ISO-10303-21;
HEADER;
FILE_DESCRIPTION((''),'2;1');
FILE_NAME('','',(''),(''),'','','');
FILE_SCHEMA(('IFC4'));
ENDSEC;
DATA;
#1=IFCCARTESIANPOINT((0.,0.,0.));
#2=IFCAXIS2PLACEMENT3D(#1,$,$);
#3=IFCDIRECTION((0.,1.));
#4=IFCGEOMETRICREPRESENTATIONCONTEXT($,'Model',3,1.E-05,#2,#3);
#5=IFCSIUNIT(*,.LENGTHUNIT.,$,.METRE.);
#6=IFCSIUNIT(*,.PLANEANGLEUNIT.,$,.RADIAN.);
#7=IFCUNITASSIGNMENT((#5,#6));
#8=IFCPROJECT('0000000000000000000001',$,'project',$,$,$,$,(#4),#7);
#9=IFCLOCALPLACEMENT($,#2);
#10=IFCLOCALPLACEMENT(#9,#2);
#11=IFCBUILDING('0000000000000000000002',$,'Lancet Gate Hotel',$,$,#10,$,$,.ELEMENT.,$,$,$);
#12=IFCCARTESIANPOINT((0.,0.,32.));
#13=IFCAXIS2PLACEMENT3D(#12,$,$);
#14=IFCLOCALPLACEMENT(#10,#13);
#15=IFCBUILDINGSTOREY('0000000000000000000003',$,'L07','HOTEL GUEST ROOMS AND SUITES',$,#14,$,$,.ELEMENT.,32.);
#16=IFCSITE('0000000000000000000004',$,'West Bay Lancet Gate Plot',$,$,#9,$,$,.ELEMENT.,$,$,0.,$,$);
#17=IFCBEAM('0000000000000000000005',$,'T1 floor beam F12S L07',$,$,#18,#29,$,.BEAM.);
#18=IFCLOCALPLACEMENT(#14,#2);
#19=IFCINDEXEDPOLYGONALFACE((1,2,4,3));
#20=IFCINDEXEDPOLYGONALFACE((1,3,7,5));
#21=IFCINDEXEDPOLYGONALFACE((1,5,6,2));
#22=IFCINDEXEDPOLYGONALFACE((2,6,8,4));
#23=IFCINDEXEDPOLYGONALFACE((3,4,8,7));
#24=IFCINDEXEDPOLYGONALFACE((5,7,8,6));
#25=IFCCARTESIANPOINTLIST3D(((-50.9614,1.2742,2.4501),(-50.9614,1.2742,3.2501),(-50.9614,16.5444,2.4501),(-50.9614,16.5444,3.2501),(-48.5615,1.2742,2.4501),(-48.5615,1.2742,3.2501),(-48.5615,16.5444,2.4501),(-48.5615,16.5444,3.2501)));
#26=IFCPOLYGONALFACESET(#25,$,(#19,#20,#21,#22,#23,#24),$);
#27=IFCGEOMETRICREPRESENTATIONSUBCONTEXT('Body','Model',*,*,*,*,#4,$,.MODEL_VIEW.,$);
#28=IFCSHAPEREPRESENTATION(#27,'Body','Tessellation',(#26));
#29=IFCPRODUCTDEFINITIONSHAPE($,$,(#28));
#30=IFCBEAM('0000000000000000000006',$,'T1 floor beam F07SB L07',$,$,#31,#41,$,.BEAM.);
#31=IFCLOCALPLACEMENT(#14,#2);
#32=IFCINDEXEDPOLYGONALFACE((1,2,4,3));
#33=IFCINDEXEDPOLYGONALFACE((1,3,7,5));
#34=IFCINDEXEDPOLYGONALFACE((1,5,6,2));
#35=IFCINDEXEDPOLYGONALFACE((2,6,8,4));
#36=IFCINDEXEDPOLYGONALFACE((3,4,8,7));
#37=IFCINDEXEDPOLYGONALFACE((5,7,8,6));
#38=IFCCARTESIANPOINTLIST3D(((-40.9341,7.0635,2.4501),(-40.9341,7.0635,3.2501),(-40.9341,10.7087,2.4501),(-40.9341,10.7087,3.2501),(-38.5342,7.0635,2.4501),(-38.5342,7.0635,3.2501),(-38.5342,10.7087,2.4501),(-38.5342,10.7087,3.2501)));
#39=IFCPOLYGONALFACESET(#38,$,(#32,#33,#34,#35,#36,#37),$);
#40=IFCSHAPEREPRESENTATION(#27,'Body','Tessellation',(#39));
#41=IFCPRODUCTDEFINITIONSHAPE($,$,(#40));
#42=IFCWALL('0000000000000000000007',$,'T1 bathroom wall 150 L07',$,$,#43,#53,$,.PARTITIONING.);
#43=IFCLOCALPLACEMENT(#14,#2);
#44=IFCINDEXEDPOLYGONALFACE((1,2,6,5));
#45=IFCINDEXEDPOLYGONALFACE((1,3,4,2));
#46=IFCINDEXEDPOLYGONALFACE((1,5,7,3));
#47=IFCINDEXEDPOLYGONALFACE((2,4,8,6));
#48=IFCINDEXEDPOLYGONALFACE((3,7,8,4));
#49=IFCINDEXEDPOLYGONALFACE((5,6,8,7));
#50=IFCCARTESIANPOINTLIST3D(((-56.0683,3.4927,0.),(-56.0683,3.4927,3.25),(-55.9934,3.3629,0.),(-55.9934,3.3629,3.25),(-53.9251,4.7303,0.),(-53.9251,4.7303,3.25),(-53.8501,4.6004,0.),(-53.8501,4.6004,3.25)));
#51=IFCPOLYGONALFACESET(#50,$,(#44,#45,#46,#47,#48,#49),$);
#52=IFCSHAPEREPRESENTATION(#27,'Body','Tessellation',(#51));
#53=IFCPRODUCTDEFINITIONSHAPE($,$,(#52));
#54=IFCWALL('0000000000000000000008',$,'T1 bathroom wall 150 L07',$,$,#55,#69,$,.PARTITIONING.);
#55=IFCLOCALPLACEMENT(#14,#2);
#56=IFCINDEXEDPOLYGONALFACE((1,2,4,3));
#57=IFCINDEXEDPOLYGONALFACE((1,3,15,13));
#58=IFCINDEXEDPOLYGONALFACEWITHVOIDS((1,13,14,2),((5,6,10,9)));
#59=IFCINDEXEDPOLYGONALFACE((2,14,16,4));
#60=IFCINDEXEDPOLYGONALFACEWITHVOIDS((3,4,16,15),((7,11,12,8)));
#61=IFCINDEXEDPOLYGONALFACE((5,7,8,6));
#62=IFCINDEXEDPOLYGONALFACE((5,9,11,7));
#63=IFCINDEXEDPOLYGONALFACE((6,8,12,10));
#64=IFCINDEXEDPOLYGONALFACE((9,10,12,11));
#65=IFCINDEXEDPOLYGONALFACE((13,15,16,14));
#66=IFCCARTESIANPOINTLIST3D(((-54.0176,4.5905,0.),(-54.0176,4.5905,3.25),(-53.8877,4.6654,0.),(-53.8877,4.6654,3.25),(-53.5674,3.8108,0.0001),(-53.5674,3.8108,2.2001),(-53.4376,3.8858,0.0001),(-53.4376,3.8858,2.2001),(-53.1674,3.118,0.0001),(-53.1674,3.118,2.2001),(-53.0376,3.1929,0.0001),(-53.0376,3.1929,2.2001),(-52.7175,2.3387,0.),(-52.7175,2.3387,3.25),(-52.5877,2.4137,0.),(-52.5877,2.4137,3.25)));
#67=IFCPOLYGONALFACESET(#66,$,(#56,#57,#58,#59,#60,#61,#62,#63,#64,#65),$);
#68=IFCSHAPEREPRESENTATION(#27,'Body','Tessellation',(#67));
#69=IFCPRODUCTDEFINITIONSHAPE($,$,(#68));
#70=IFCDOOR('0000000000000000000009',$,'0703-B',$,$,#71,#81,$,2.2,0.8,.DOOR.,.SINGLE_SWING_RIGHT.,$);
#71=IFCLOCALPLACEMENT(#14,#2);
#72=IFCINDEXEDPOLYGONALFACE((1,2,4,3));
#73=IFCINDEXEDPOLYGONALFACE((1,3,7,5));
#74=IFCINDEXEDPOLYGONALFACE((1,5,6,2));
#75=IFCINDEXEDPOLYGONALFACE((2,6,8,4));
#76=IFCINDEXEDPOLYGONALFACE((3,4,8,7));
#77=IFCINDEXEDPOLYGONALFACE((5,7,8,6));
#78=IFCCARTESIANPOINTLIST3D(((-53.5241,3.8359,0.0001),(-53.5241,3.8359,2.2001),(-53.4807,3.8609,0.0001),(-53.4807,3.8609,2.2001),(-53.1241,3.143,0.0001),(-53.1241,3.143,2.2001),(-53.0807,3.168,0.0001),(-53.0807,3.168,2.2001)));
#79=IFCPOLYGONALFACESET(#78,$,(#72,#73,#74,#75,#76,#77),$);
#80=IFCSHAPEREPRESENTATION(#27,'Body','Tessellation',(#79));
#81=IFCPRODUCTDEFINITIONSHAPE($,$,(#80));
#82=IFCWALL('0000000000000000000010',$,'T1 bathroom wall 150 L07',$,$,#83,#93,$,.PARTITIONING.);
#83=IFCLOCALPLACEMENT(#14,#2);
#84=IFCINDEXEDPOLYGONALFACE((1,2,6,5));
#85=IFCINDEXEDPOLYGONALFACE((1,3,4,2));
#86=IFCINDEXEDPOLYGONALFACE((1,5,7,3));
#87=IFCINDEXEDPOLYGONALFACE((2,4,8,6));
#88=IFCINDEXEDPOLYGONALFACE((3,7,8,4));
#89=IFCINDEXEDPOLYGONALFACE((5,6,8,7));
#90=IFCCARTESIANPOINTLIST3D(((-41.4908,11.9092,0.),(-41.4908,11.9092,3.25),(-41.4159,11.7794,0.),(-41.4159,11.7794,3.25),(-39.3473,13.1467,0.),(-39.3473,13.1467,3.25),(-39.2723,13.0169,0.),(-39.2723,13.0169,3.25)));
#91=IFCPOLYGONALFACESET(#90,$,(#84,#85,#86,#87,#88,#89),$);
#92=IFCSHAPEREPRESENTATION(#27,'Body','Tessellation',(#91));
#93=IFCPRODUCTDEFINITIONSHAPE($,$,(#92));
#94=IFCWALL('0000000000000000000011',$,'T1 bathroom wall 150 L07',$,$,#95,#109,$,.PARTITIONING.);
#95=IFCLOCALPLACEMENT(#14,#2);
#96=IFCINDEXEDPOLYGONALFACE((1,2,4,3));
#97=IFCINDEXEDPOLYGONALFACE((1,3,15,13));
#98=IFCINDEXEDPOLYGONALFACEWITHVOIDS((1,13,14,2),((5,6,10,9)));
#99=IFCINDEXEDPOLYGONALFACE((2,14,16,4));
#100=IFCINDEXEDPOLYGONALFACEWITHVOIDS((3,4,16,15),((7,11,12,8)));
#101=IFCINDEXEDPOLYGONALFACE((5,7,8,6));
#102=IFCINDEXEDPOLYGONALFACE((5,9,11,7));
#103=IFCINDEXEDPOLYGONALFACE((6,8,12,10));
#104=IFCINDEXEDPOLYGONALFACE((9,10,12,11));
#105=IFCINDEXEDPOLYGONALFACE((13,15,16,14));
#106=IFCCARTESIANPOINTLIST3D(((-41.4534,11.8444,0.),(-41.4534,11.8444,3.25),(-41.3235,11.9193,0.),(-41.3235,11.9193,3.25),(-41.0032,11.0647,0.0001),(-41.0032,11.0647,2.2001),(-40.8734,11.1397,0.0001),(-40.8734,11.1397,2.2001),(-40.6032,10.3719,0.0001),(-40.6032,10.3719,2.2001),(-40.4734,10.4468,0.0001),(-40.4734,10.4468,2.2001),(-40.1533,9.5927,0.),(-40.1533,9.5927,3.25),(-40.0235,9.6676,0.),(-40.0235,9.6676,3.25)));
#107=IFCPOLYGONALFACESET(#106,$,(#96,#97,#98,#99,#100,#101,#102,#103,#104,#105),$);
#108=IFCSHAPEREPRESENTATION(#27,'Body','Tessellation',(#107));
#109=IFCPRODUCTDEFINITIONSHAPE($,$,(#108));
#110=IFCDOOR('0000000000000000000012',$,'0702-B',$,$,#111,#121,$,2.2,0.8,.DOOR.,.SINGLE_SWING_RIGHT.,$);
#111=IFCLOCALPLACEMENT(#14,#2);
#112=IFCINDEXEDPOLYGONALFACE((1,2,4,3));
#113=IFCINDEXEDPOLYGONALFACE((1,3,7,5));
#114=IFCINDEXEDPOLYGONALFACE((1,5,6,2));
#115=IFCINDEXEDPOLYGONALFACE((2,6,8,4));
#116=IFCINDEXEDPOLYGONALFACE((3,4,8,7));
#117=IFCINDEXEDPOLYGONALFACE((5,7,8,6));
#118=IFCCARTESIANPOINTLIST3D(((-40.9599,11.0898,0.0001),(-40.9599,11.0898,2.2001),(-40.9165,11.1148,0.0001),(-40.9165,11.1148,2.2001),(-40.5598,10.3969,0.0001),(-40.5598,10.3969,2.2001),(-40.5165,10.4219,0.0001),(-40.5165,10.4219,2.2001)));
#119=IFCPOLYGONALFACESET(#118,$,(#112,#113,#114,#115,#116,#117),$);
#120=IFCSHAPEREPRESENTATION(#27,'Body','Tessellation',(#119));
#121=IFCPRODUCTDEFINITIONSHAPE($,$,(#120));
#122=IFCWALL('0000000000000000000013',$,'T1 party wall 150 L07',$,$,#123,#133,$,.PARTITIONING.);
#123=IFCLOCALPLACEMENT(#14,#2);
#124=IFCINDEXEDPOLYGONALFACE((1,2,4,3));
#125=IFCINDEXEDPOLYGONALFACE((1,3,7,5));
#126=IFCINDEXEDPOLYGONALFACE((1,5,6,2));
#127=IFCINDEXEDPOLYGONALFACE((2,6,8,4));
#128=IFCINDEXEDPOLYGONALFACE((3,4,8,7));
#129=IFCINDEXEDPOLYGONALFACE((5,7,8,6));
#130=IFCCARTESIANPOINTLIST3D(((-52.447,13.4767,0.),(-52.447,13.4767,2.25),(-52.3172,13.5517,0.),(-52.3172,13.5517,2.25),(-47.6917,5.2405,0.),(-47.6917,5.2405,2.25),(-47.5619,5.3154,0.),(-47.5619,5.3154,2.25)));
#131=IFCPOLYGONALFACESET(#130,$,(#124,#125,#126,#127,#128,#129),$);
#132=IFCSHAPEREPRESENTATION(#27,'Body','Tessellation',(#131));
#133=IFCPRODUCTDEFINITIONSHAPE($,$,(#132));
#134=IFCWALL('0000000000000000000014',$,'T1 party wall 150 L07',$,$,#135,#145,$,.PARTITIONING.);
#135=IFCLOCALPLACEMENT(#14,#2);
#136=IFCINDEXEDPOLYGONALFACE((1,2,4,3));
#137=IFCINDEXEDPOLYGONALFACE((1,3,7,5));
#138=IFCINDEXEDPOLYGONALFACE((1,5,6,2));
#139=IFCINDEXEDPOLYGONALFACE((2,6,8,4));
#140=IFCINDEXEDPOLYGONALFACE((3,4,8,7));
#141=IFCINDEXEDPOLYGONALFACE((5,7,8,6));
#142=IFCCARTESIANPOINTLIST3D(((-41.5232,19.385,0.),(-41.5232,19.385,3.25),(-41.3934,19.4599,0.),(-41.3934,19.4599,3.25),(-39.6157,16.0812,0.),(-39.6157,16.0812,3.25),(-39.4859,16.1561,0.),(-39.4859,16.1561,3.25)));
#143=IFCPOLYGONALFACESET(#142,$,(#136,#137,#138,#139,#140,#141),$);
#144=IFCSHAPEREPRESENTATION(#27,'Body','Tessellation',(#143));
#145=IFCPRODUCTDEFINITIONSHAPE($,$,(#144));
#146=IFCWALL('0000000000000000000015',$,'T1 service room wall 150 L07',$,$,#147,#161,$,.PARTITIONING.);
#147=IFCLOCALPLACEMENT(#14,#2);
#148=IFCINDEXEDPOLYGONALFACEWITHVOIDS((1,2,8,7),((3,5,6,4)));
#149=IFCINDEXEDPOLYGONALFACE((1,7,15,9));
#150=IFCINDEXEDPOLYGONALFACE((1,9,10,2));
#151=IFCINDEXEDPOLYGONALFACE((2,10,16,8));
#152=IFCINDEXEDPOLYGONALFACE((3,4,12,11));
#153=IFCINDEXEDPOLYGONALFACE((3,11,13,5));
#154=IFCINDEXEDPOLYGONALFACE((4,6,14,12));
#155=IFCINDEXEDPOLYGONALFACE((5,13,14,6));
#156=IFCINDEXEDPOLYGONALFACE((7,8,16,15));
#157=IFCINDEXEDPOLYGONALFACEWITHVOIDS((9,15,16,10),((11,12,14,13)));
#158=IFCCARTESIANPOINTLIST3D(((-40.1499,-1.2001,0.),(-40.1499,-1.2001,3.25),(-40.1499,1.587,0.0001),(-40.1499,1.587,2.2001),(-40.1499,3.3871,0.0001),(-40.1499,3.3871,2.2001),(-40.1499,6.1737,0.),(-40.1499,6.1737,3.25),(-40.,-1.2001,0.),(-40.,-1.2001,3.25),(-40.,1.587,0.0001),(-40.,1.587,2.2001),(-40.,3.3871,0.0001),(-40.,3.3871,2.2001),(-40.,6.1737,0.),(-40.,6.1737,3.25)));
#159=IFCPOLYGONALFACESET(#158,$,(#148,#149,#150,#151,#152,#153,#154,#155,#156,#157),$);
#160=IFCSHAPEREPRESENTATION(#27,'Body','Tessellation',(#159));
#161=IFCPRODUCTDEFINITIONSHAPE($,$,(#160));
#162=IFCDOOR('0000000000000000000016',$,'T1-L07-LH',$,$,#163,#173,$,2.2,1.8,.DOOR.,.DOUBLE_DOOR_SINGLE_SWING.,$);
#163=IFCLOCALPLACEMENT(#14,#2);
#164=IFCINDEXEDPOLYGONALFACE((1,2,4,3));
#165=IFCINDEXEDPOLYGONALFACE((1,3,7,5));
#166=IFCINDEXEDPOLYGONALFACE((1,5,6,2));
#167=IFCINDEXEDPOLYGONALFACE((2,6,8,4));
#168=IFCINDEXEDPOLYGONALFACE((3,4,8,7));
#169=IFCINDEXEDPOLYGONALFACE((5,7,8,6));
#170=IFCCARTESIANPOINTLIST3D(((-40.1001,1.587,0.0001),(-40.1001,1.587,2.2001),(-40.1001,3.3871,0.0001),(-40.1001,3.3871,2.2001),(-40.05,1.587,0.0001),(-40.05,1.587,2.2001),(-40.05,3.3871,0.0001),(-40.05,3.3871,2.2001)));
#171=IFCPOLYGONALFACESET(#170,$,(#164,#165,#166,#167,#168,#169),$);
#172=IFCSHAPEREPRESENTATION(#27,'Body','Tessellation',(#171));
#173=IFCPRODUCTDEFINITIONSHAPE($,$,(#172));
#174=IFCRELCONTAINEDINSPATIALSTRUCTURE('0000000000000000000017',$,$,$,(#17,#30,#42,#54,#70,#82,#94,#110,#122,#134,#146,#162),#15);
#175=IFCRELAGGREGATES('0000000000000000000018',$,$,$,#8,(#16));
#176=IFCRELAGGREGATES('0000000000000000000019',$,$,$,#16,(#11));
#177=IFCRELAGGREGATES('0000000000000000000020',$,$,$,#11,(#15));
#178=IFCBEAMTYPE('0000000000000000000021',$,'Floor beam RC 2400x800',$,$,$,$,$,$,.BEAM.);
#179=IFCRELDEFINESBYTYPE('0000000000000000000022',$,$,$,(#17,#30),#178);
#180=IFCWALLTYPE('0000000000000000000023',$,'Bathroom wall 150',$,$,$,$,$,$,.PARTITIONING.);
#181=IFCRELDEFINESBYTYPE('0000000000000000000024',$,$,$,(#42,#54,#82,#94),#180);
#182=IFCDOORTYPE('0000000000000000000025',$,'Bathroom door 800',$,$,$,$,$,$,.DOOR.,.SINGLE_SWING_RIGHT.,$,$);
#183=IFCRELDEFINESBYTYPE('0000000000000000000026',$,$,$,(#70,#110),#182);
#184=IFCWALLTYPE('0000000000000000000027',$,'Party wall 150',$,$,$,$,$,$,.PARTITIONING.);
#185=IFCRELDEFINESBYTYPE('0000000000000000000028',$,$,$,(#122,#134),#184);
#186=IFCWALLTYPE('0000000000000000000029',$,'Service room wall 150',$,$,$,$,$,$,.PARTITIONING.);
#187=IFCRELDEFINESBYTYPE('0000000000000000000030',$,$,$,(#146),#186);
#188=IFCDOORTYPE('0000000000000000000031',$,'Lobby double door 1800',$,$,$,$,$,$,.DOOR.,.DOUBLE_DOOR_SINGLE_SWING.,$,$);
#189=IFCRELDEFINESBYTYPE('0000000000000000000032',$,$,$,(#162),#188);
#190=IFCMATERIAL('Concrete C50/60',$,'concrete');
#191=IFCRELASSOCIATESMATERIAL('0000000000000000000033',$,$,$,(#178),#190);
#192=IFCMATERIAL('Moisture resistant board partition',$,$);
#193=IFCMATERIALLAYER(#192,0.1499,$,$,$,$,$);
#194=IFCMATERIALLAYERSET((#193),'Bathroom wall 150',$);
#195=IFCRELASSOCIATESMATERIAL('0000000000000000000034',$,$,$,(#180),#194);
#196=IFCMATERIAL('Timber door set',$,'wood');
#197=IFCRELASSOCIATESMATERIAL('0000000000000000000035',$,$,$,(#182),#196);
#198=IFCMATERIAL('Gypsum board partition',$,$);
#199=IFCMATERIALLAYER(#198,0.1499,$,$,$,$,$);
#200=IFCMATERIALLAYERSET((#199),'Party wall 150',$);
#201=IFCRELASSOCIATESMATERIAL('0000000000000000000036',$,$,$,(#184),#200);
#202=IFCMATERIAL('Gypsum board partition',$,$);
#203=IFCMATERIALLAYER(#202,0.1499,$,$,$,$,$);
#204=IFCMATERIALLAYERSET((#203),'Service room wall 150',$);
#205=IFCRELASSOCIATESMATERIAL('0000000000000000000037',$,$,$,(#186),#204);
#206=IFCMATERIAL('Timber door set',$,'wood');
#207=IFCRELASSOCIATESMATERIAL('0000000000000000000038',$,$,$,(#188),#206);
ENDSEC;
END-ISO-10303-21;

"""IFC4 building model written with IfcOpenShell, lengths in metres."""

from ifc_helpers import new_model, si_unit, direction, frame, frame_2d, origin, origin_2d, place, context, subcontext, project, spatial, rectangle, extrude, material, layer, layer_set, material_profile, profile_set, type_object, element, fill, save


model = new_model("IFC4")

# Units and contexts
model_context = context("Model", 3, precision=1e-05, world=origin(), true_north=direction((0.0, 1.0)))
body_context = subcontext(model_context, "Body", "Model", "MODEL_VIEW")
ifc_project = project(units=[si_unit("LENGTHUNIT", "METRE"), si_unit("PLANEANGLEUNIT", "RADIAN")], contexts=[model_context])

# Site, building, storey
site_placement = place(None, origin())
site = spatial("IfcSite", under=ifc_project, at=site_placement, Name="West Bay Lancet Gate Plot", CompositionType="ELEMENT", RefElevation=0.0)
building_placement = place(site_placement, origin())
building = spatial("IfcBuilding", under=site, at=building_placement, Name="Lancet Gate Hotel", CompositionType="ELEMENT")
storey_placement = place(building_placement, frame((0.0, 0.0, 32.0)))
storey = spatial("IfcBuildingStorey", under=building, at=storey_placement, Name="L07", Description="HOTEL GUEST ROOMS AND SUITES", CompositionType="ELEMENT", Elevation=32.0)

# Beams
ifc_material_1 = material(Name="Concrete C50/60", Category="concrete")
ifc_material_profile_1 = material_profile(ifc_material_1, rectangle(XDim=2.3999, YDim=0.8, at=origin_2d()), Name="RC 2400x800")
ifc_profile_set_1 = profile_set([ifc_material_profile_1], Name="Concrete C50/60")
beam_type_1 = type_object("IfcBeamType", Name="Floor beam RC 2400x800", PredefinedType="BEAM", material=ifc_profile_set_1)
beam_1_placement = place(storey_placement, frame((-49.7615, 16.5444, 2.8501), z_axis=(0.0, -1.0, 0.0), x_axis=(1.0, 0.0, 0.0)))
element("IfcBeam", 1, at=beam_1_placement, inside=storey, type_object=beam_type_1, Name="T1 floor beam F12S L07", PredefinedType="BEAM", context=body_context, shape_type="SweptSolid", body=[
    extrude(rectangle(XDim=2.3999, YDim=0.8, at=origin_2d()), origin(), (0.0, 0.0, 1.0), 15.2703),
])
beam_2_placement = place(storey_placement, frame((-39.7341, 10.7087, 2.8501), z_axis=(0.0, -1.0, 0.0), x_axis=(1.0, 0.0, 0.0)))
element("IfcBeam", 2, at=beam_2_placement, inside=storey, type_object=beam_type_1, Name="T1 floor beam F07SB L07", PredefinedType="BEAM", context=body_context, shape_type="SweptSolid", body=[
    extrude(rectangle(XDim=2.3999, YDim=0.8, at=origin_2d()), origin(), (0.0, 0.0, 1.0), 3.6453),
])

# Wall
ifc_material_2 = material(Name="Moisture resistant board partition")
ifc_layer_1 = layer(ifc_material_2, 0.1499)
ifc_layer_set_1 = layer_set([ifc_layer_1], Name="Bathroom wall 150")
wall_type_1 = type_object("IfcWallType", Name="Bathroom wall 150", PredefinedType="PARTITIONING", material=ifc_layer_set_1)
wall_1_placement = place(storey_placement, frame((-53.8877, 4.6653, 0.0), z_axis=(0.0, 0.0, 1.0), x_axis=(-0.866007, -0.500033, 0.0)))
element("IfcWall", 3, at=wall_1_placement, inside=storey, type_object=wall_type_1, Name="T1 bathroom wall 150 L07", PredefinedType="PARTITIONING", context=body_context, shape_type="SweptSolid", body=[
    extrude(rectangle(XDim=2.4749, YDim=0.1499, at=frame_2d((1.2373, 0.0))), origin(), (0.0, 0.0, 1.0), 3.25),
])

# Wall, opening, door
wall_2_placement = place(storey_placement, frame((-52.6526, 2.3762, 0.0), z_axis=(0.0, 0.0, 1.0), x_axis=(-0.500007, 0.866021, 0.0)))
wall_2 = element("IfcWall", 4, at=wall_2_placement, inside=storey, type_object=wall_type_1, Name="T1 bathroom wall 150 L07", PredefinedType="PARTITIONING", context=body_context, shape_type="SweptSolid", body=[
    extrude(rectangle(XDim=2.6001, YDim=0.1499, at=frame_2d((1.3, 0.0))), origin(), (0.0, 0.0, 1.0), 3.25),
])
opening_1_placement = place(wall_2_placement, frame((0.8999, 0.0, 0.0)))
opening_1 = element("IfcOpeningElement", 5, at=opening_1_placement, cuts=wall_2, PredefinedType="OPENING", context=body_context, shape_type="SweptSolid", body=[
    extrude(rectangle(XDim=0.8, YDim=2.2, at=frame_2d((0.3999, 1.1001))), frame((0.0, 0.085, 0.0), z_axis=(0.0, -1.0, 0.0), x_axis=(1.0, 0.0, 0.0)), (0.0, 0.0, 1.0), 0.1699),
])
ifc_material_3 = material(Name="Timber door set", Category="wood")
door_type_1 = type_object("IfcDoorType", Name="Bathroom door 800", OperationType="SINGLE_SWING_RIGHT", PredefinedType="DOOR", material=ifc_material_3)
door_1_placement = place(opening_1_placement, origin())
door_1 = element("IfcDoor", 6, at=door_1_placement, inside=storey, type_object=door_type_1, Name="0703-B", OperationType="SINGLE_SWING_RIGHT", OverallHeight=2.2, OverallWidth=0.8, PredefinedType="DOOR", context=body_context, shape_type="SweptSolid", body=[
    extrude(rectangle(XDim=0.8, YDim=2.2, at=frame_2d((0.3999, 1.1001))), frame((0.0, 0.0249, 0.0), z_axis=(0.0, -1.0, 0.0), x_axis=(1.0, 0.0, 0.0)), (0.0, 0.0, 1.0), 0.05),
])
fill(opening_1, door_1)

# Wall
wall_3_placement = place(storey_placement, frame((-39.3098, 13.0818, 0.0), z_axis=(0.0, 0.0, 1.0), x_axis=(-0.866031, -0.49999, 0.0)))
element("IfcWall", 7, at=wall_3_placement, inside=storey, type_object=wall_type_1, Name="T1 bathroom wall 150 L07", PredefinedType="PARTITIONING", context=body_context, shape_type="SweptSolid", body=[
    extrude(rectangle(XDim=2.4751, YDim=0.1499, at=frame_2d((1.2375, 0.0))), origin(), (0.0, 0.0, 1.0), 3.25),
])

# Wall, opening, door
wall_4_placement = place(storey_placement, frame((-40.0884, 9.6301, 0.0), z_axis=(0.0, 0.0, 1.0), x_axis=(-0.500007, 0.866021, 0.0)))
wall_4 = element("IfcWall", 8, at=wall_4_placement, inside=storey, type_object=wall_type_1, Name="T1 bathroom wall 150 L07", PredefinedType="PARTITIONING", context=body_context, shape_type="SweptSolid", body=[
    extrude(rectangle(XDim=2.6001, YDim=0.1499, at=frame_2d((1.3, 0.0))), origin(), (0.0, 0.0, 1.0), 3.25),
])
opening_2_placement = place(wall_4_placement, frame((0.8999, 0.0, 0.0)))
opening_2 = element("IfcOpeningElement", 9, at=opening_2_placement, cuts=wall_4, PredefinedType="OPENING", context=body_context, shape_type="SweptSolid", body=[
    extrude(rectangle(XDim=0.8, YDim=2.2, at=frame_2d((0.3999, 1.1001))), frame((0.0, 0.085, 0.0), z_axis=(0.0, -1.0, 0.0), x_axis=(1.0, 0.0, 0.0)), (0.0, 0.0, 1.0), 0.1699),
])
door_2_placement = place(opening_2_placement, origin())
door_2 = element("IfcDoor", 10, at=door_2_placement, inside=storey, type_object=door_type_1, Name="0702-B", OperationType="SINGLE_SWING_RIGHT", OverallHeight=2.2, OverallWidth=0.8, PredefinedType="DOOR", context=body_context, shape_type="SweptSolid", body=[
    extrude(rectangle(XDim=0.8, YDim=2.2, at=frame_2d((0.3999, 1.1001))), frame((0.0, 0.0249, 0.0), z_axis=(0.0, -1.0, 0.0), x_axis=(1.0, 0.0, 0.0)), (0.0, 0.0, 1.0), 0.05),
])
fill(opening_2, door_2)

# Walls
ifc_material_4 = material(Name="Gypsum board partition")
ifc_layer_2 = layer(ifc_material_4, 0.1499)
ifc_layer_set_2 = layer_set([ifc_layer_2], Name="Party wall 150")
wall_type_2 = type_object("IfcWallType", Name="Party wall 150", PredefinedType="PARTITIONING", material=ifc_layer_set_2)
wall_5_placement = place(storey_placement, frame((-47.6267, 5.2778, 0.0), z_axis=(0.0, 0.0, 1.0), x_axis=(-0.50001, 0.86602, 0.0)))
element("IfcWall", 11, at=wall_5_placement, inside=storey, type_object=wall_type_2, Name="T1 party wall 150 L07", PredefinedType="PARTITIONING", context=body_context, shape_type="SweptSolid", body=[
    extrude(rectangle(XDim=9.5105, YDim=0.1499, at=frame_2d((4.7554, 0.0))), origin(), (0.0, 0.0, 1.0), 2.25),
])
wall_6_placement = place(storey_placement, frame((-39.5508, 16.1187, 0.0), z_axis=(0.0, 0.0, 1.0), x_axis=(-0.500014, 0.866017, 0.0)))
element("IfcWall", 12, at=wall_6_placement, inside=storey, type_object=wall_type_2, Name="T1 party wall 150 L07", PredefinedType="PARTITIONING", context=body_context, shape_type="SweptSolid", body=[
    extrude(rectangle(XDim=3.8149, YDim=0.1499, at=frame_2d((1.9075, 0.0))), origin(), (0.0, 0.0, 1.0), 3.25),
])

# Wall, opening, door
ifc_material_5 = material(Name="Gypsum board partition")
ifc_layer_3 = layer(ifc_material_5, 0.1499)
ifc_layer_set_3 = layer_set([ifc_layer_3], Name="Service room wall 150")
wall_type_3 = type_object("IfcWallType", Name="Service room wall 150", PredefinedType="PARTITIONING", material=ifc_layer_set_3)
wall_7_placement = place(storey_placement, frame((-40.075, 6.1738, 0.0), z_axis=(0.0, 0.0, 1.0), x_axis=(0.0, -1.0, 0.0)))
wall_7 = element("IfcWall", 13, at=wall_7_placement, inside=storey, type_object=wall_type_3, Name="T1 service room wall 150 L07", PredefinedType="PARTITIONING", context=body_context, shape_type="SweptSolid", body=[
    extrude(rectangle(XDim=7.3738, YDim=0.1499, at=frame_2d((3.687, 0.0))), origin(), (0.0, 0.0, 1.0), 3.25),
])
opening_3_placement = place(wall_7_placement, frame((2.7869, 0.0, 0.0)))
opening_3 = element("IfcOpeningElement", 14, at=opening_3_placement, cuts=wall_7, PredefinedType="OPENING", context=body_context, shape_type="SweptSolid", body=[
    extrude(rectangle(XDim=1.8, YDim=2.2, at=frame_2d((0.8999, 1.1001))), frame((0.0, 0.085, 0.0), z_axis=(0.0, -1.0, 0.0), x_axis=(1.0, 0.0, 0.0)), (0.0, 0.0, 1.0), 0.1699),
])
ifc_material_6 = material(Name="Timber door set", Category="wood")
door_type_2 = type_object("IfcDoorType", Name="Lobby double door 1800", OperationType="DOUBLE_DOOR_SINGLE_SWING", PredefinedType="DOOR", material=ifc_material_6)
door_3_placement = place(opening_3_placement, origin())
door_3 = element("IfcDoor", 15, at=door_3_placement, inside=storey, type_object=door_type_2, Name="T1-L07-LH", OperationType="DOUBLE_DOOR_SINGLE_SWING", OverallHeight=2.2, OverallWidth=1.8, PredefinedType="DOOR", context=body_context, shape_type="SweptSolid", body=[
    extrude(rectangle(XDim=1.8, YDim=2.2, at=frame_2d((0.8999, 1.1001))), frame((0.0, 0.0249, 0.0), z_axis=(0.0, -1.0, 0.0), x_axis=(1.0, 0.0, 0.0)), (0.0, 0.0, 1.0), 0.05),
])
fill(opening_3, door_3)

save(model, "model.ifc")
